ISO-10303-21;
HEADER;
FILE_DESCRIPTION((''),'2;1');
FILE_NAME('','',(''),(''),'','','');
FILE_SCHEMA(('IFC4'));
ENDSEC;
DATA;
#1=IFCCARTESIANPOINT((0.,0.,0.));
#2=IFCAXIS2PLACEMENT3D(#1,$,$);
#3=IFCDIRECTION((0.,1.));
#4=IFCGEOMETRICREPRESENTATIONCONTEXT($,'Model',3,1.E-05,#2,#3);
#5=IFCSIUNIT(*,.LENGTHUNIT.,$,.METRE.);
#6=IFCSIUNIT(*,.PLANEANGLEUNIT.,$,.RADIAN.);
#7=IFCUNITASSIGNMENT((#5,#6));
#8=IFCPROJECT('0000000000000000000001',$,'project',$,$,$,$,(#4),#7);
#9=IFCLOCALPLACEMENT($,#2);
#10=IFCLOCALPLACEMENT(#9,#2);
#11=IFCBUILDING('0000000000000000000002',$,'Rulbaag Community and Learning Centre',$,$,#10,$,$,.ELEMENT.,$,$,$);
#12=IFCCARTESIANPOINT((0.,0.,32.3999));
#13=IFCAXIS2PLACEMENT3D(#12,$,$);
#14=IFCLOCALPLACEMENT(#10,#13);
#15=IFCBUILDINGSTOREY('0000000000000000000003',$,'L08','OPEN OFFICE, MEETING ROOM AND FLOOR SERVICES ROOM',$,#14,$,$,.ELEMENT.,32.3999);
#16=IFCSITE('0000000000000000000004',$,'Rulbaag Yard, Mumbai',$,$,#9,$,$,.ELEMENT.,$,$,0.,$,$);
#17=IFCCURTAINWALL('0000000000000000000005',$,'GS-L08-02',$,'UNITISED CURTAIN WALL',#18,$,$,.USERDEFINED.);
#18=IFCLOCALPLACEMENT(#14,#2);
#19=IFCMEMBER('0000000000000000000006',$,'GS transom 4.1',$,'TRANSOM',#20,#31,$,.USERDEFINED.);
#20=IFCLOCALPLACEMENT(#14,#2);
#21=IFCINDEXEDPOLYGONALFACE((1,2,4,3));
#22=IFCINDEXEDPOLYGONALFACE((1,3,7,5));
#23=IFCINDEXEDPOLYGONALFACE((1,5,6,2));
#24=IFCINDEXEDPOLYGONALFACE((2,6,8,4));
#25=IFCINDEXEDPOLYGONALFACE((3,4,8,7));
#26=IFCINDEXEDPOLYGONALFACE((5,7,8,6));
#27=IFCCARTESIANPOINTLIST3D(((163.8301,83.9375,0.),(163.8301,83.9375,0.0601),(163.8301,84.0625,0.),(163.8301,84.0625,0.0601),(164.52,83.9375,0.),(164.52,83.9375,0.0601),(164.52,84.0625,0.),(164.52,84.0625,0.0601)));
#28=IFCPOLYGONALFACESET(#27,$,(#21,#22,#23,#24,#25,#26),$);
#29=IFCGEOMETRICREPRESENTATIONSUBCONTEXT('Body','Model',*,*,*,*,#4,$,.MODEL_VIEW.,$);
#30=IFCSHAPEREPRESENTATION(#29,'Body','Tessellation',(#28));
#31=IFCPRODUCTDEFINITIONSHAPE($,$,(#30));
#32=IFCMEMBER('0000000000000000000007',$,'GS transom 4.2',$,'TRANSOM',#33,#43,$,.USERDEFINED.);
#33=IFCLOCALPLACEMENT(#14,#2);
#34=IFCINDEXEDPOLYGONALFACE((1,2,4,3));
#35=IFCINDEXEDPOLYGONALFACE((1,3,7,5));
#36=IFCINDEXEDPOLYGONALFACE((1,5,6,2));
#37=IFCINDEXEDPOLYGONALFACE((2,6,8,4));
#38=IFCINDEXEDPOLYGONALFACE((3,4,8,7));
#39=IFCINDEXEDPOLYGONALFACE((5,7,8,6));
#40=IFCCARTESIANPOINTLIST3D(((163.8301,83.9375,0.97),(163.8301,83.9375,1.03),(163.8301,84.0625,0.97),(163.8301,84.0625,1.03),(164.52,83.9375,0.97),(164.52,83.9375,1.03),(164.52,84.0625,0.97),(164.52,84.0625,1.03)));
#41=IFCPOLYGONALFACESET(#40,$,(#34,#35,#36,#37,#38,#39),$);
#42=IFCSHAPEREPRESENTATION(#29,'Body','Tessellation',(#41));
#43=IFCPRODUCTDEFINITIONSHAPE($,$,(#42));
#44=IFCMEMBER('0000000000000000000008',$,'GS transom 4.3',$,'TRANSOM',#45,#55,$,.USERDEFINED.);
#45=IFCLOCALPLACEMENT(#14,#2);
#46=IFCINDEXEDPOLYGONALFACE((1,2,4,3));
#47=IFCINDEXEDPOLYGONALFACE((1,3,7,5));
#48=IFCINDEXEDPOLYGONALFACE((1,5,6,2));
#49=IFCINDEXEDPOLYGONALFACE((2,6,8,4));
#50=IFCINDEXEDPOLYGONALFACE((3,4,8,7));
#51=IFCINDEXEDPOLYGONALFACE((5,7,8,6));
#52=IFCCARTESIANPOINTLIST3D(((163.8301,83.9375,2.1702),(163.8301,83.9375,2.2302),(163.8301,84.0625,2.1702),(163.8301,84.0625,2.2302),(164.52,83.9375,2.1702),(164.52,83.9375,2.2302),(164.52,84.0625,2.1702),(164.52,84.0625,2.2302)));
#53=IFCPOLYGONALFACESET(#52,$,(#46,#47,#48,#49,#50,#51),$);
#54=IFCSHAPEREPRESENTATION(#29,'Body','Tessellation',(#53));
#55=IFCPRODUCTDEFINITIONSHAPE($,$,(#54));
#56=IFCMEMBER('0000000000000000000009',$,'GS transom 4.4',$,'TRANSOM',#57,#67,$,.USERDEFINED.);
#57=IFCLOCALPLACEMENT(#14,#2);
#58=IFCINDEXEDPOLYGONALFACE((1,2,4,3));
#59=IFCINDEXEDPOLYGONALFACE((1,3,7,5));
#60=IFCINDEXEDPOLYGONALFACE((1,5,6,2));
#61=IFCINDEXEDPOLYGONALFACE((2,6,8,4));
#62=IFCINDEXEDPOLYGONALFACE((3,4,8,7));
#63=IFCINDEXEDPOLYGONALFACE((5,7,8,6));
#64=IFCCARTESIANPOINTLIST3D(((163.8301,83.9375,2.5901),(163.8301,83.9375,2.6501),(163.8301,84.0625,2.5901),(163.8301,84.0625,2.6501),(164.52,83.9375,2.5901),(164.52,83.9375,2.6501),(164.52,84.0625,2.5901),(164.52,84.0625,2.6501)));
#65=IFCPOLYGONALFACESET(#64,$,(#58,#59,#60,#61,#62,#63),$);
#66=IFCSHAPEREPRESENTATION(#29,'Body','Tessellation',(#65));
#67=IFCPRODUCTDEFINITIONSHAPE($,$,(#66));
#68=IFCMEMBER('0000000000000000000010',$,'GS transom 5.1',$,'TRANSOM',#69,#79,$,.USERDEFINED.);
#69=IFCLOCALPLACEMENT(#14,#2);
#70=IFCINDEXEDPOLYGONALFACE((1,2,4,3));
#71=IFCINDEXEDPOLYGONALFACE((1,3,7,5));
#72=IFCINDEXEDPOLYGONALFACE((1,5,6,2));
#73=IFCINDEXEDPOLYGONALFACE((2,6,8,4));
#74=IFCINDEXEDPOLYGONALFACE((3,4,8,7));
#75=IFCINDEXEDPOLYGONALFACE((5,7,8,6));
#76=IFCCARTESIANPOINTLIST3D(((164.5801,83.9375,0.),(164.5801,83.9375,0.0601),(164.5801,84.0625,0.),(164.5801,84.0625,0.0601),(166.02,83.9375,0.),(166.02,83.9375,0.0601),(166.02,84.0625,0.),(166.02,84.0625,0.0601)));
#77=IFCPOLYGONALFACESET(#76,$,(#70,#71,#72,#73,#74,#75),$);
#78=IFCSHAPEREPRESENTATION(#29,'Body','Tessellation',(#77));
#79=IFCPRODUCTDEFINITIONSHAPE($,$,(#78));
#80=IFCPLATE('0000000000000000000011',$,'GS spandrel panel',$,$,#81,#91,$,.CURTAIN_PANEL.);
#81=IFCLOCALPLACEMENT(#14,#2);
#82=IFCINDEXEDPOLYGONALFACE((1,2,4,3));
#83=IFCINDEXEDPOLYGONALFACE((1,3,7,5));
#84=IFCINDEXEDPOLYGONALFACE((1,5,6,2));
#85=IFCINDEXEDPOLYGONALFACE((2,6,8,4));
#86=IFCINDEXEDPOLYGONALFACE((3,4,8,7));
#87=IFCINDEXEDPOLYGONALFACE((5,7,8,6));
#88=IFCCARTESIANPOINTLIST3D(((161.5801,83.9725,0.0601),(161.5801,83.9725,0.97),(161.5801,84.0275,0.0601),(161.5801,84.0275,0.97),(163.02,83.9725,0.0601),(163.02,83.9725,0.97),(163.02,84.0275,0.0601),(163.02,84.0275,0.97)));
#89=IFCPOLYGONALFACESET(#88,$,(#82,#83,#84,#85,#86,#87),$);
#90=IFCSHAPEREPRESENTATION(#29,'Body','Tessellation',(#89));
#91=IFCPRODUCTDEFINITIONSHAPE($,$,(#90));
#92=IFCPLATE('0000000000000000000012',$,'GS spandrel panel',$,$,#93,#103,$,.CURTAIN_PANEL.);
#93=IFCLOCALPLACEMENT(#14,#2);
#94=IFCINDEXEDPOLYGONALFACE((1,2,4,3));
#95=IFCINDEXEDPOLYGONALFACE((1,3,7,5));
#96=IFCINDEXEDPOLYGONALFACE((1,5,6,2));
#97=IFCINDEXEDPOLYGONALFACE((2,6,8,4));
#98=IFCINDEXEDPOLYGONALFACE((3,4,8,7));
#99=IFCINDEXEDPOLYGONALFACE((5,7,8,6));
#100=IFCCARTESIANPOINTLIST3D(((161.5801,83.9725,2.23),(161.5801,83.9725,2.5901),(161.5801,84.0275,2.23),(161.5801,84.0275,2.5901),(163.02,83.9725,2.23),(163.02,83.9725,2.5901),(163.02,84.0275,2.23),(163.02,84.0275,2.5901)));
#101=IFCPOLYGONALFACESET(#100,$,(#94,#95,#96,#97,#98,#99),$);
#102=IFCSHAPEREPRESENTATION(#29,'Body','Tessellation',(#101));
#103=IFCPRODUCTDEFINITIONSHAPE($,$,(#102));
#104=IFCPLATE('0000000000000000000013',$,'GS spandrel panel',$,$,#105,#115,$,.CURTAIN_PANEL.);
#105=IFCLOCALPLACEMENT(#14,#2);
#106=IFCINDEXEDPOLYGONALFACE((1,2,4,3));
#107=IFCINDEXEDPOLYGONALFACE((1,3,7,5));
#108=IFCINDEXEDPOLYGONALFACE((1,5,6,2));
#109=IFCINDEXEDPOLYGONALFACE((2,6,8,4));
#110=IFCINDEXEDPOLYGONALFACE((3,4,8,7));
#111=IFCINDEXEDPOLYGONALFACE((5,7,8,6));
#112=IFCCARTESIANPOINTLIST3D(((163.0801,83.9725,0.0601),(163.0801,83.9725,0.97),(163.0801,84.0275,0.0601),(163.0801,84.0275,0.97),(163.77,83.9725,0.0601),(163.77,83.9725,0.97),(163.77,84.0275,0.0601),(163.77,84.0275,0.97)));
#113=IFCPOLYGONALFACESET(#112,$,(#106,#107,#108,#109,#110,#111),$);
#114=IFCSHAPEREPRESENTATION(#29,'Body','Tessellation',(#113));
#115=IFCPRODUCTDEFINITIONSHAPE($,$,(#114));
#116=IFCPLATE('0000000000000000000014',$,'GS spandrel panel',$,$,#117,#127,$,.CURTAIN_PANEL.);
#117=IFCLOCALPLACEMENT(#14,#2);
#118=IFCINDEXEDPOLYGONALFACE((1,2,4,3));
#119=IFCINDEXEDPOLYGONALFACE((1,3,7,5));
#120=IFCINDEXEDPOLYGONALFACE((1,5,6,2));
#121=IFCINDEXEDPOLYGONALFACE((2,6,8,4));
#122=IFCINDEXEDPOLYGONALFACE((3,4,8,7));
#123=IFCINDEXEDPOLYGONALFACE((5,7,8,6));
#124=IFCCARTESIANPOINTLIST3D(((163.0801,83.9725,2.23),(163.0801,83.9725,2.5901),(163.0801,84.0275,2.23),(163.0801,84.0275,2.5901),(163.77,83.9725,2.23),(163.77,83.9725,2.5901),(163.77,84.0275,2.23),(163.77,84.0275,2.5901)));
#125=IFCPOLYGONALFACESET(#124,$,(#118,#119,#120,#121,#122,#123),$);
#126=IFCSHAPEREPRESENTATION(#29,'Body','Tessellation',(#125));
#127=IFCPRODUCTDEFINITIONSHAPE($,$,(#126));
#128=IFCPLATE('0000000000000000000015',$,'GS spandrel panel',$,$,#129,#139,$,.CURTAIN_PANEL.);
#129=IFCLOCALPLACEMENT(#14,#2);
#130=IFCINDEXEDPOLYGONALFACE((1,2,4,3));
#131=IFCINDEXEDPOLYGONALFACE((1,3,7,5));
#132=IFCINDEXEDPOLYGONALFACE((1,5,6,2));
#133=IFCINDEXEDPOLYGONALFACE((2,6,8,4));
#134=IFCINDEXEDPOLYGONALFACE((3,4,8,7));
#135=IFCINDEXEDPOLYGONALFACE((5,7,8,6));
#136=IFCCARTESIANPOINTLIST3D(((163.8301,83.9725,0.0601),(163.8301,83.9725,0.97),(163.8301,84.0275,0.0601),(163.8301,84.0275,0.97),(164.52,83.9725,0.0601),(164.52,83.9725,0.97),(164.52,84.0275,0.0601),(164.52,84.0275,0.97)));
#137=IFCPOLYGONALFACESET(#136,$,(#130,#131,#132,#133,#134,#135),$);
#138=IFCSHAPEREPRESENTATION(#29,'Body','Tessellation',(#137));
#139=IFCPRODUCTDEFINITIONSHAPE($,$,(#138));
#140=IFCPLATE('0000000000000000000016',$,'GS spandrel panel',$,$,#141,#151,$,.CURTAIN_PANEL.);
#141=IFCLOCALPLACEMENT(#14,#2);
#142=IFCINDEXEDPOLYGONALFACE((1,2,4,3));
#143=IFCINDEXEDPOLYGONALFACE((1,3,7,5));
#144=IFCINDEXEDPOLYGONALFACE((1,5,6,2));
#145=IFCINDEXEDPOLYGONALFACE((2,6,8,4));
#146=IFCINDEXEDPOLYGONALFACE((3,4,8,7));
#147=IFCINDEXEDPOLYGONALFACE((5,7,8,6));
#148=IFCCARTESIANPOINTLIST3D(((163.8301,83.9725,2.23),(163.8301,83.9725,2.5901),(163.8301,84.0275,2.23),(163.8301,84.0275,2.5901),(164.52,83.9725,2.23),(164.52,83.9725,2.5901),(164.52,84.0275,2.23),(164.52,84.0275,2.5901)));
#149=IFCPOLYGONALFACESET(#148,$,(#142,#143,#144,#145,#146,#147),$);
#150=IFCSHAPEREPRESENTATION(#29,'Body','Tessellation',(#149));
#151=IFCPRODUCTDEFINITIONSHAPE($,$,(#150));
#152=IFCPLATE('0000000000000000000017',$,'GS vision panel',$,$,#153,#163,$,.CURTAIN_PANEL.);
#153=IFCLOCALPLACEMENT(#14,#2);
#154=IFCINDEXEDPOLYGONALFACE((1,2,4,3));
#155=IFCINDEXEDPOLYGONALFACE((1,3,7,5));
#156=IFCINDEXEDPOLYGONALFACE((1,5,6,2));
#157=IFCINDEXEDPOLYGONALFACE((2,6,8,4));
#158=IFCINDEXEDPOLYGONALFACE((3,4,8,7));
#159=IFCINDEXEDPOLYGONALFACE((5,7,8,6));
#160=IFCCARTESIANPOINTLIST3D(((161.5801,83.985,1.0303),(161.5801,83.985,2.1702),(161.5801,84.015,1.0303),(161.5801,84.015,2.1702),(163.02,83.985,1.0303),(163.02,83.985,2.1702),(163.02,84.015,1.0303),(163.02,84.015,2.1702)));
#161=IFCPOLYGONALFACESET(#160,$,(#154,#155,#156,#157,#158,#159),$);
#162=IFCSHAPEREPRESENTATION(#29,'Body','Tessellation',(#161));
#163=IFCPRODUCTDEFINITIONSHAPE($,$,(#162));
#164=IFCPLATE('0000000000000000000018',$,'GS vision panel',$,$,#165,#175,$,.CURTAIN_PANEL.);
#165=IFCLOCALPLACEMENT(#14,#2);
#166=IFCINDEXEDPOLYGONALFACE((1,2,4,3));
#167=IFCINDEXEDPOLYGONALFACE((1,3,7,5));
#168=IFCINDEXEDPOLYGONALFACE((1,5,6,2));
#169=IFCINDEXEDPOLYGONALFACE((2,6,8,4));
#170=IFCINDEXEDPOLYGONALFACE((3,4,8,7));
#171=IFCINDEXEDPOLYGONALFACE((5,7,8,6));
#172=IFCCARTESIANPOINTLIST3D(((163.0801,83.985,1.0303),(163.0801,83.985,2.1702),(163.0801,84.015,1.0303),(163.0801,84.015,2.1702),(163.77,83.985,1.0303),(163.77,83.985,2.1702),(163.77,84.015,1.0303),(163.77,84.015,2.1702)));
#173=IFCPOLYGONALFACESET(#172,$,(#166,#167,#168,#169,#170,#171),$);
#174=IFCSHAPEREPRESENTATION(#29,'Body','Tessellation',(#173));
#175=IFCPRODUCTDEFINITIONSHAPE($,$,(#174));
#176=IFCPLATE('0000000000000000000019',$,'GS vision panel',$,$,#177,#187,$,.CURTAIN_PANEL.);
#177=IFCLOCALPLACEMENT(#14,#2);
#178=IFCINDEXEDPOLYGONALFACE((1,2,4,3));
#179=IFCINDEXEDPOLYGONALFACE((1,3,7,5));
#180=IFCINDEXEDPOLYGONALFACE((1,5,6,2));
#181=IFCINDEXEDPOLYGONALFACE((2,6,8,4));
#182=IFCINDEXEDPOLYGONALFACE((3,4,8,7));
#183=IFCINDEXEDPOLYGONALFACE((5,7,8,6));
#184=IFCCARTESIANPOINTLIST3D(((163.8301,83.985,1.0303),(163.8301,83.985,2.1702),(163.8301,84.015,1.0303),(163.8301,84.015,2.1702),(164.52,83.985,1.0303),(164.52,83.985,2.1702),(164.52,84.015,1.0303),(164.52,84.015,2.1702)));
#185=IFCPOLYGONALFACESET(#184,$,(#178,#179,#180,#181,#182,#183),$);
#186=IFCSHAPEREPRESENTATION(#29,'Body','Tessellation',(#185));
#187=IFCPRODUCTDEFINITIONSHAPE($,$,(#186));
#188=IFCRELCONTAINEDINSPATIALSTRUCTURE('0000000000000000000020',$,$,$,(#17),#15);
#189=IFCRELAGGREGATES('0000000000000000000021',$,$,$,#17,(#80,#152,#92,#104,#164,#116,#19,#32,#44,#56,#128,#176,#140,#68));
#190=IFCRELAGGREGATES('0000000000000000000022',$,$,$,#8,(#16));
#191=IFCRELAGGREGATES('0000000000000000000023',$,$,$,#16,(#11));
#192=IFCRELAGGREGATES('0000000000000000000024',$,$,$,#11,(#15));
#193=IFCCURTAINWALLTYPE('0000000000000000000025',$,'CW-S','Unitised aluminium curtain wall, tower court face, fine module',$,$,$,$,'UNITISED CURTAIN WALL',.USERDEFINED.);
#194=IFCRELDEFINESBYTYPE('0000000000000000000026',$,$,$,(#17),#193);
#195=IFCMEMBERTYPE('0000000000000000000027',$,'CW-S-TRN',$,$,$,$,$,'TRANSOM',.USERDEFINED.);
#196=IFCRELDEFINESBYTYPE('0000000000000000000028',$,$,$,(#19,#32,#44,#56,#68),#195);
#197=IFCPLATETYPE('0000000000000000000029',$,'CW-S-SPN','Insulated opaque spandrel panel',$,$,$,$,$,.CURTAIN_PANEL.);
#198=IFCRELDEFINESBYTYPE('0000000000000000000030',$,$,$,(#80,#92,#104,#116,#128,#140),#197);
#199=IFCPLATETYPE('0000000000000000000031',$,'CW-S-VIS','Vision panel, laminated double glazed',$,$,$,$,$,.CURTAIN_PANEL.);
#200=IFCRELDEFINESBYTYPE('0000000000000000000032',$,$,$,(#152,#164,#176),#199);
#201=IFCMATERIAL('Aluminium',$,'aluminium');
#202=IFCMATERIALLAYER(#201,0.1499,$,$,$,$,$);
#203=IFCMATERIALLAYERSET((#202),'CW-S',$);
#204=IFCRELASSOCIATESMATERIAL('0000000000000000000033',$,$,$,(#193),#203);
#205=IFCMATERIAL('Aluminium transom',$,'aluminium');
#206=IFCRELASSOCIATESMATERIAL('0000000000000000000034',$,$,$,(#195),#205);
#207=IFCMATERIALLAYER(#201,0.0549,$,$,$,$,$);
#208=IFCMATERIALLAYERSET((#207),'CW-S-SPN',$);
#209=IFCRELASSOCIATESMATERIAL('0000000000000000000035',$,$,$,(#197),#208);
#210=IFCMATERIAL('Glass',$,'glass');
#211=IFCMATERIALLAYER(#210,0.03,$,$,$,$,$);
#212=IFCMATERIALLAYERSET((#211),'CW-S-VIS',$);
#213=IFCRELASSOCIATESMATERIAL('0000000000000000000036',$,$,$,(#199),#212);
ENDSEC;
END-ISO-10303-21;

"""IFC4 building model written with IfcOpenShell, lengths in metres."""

from ifc_helpers import new_model, si_unit, direction, frame, origin, origin_2d, place, context, subcontext, project, spatial, rectangle, extrude, material, layer, layer_set, material_profile, profile_set, type_object, element, aggregate, save


model = new_model("IFC4")

# Units and contexts
model_context = context("Model", 3, precision=1e-05, world=origin(), true_north=direction((0.0, 1.0)))
body_context = subcontext(model_context, "Body", "Model", "MODEL_VIEW")
ifc_project = project(units=[si_unit("LENGTHUNIT", "METRE"), si_unit("PLANEANGLEUNIT", "RADIAN")], contexts=[model_context])

# Site, building, storey
site_placement = place(None, origin())
site = spatial("IfcSite", under=ifc_project, at=site_placement, Name="Rulbaag Yard, Mumbai", CompositionType="ELEMENT", RefElevation=0.0)
building_placement = place(site_placement, origin())
building = spatial("IfcBuilding", under=site, at=building_placement, Name="Rulbaag Community and Learning Centre", CompositionType="ELEMENT")
storey_placement = place(building_placement, frame((0.0, 0.0, 32.3999)))
storey = spatial("IfcBuildingStorey", under=building, at=storey_placement, Name="L08", Description="OPEN OFFICE, MEETING ROOM AND FLOOR SERVICES ROOM", CompositionType="ELEMENT", Elevation=32.3999)

# Curtain wall, members, plates
ifc_material_1 = material(Name="Aluminium", Category="aluminium")
ifc_layer_1 = layer(ifc_material_1, 0.1499)
ifc_layer_set_1 = layer_set([ifc_layer_1], Name="CW-S")
curtain_wall_type = type_object("IfcCurtainWallType", Name="CW-S", Description="Unitised aluminium curtain wall, tower court face, fine module", ElementType="UNITISED CURTAIN WALL", PredefinedType="USERDEFINED", material=ifc_layer_set_1)
curtain_wall_placement = place(storey_placement, origin())
curtain_wall = element("IfcCurtainWall", 1, at=curtain_wall_placement, inside=storey, type_object=curtain_wall_type, Name="GS-L08-02", ObjectType="UNITISED CURTAIN WALL", PredefinedType="USERDEFINED")
ifc_material_2 = material(Name="Aluminium transom", Category="aluminium")
ifc_material_profile_1 = material_profile(ifc_material_2, rectangle(XDim=0.125, YDim=0.0601, at=origin_2d()), Name="AL 60x125 T")
ifc_profile_set_1 = profile_set([ifc_material_profile_1], Name="Aluminium transom")
member_type_1 = type_object("IfcMemberType", Name="CW-S-TRN", ElementType="TRANSOM", PredefinedType="USERDEFINED", material=ifc_profile_set_1)
member_1_placement = place(storey_placement, frame((163.8301, 84.0, 0.03), z_axis=(1.0, 0.0, 0.0), x_axis=(0.0, 1.0, 0.0)))
member_1 = element("IfcMember", 2, at=member_1_placement, type_object=member_type_1, Name="GS transom 4.1", ObjectType="TRANSOM", PredefinedType="USERDEFINED", context=body_context, shape_type="SweptSolid", body=[
    extrude(rectangle(XDim=0.125, YDim=0.0601, at=origin_2d()), origin(), (0.0, 0.0, 1.0), 0.6899),
])
member_2_placement = place(storey_placement, frame((163.8301, 84.0, 1.0), z_axis=(1.0, 0.0, 0.0), x_axis=(0.0, 1.0, 0.0)))
member_2 = element("IfcMember", 3, at=member_2_placement, type_object=member_type_1, Name="GS transom 4.2", ObjectType="TRANSOM", PredefinedType="USERDEFINED", context=body_context, shape_type="SweptSolid", body=[
    extrude(rectangle(XDim=0.125, YDim=0.0601, at=origin_2d()), origin(), (0.0, 0.0, 1.0), 0.6899),
])
member_3_placement = place(storey_placement, frame((163.8301, 84.0, 2.2002), z_axis=(1.0, 0.0, 0.0), x_axis=(0.0, 1.0, 0.0)))
member_3 = element("IfcMember", 4, at=member_3_placement, type_object=member_type_1, Name="GS transom 4.3", ObjectType="TRANSOM", PredefinedType="USERDEFINED", context=body_context, shape_type="SweptSolid", body=[
    extrude(rectangle(XDim=0.125, YDim=0.0601, at=origin_2d()), origin(), (0.0, 0.0, 1.0), 0.6899),
])
member_4_placement = place(storey_placement, frame((163.8301, 84.0, 2.6201), z_axis=(1.0, 0.0, 0.0), x_axis=(0.0, 1.0, 0.0)))
member_4 = element("IfcMember", 5, at=member_4_placement, type_object=member_type_1, Name="GS transom 4.4", ObjectType="TRANSOM", PredefinedType="USERDEFINED", context=body_context, shape_type="SweptSolid", body=[
    extrude(rectangle(XDim=0.125, YDim=0.0601, at=origin_2d()), origin(), (0.0, 0.0, 1.0), 0.6899),
])
member_5_placement = place(storey_placement, frame((164.5801, 84.0, 0.03), z_axis=(1.0, 0.0, 0.0), x_axis=(0.0, 1.0, 0.0)))
member_5 = element("IfcMember", 6, at=member_5_placement, type_object=member_type_1, Name="GS transom 5.1", ObjectType="TRANSOM", PredefinedType="USERDEFINED", context=body_context, shape_type="SweptSolid", body=[
    extrude(rectangle(XDim=0.125, YDim=0.0601, at=origin_2d()), origin(), (0.0, 0.0, 1.0), 1.4399),
])
ifc_layer_2 = layer(ifc_material_1, 0.0549)
ifc_layer_set_2 = layer_set([ifc_layer_2], Name="CW-S-SPN")
plate_type_1 = type_object("IfcPlateType", Name="CW-S-SPN", Description="Insulated opaque spandrel panel", PredefinedType="CURTAIN_PANEL", material=ifc_layer_set_2)
plate_1_placement = place(storey_placement, frame((162.3, 84.0, 0.0601), z_axis=(0.0, 0.0, 1.0), x_axis=(1.0, 0.0, 0.0)))
plate_1 = element("IfcPlate", 7, at=plate_1_placement, type_object=plate_type_1, Name="GS spandrel panel", PredefinedType="CURTAIN_PANEL", context=body_context, shape_type="SweptSolid", body=[
    extrude(rectangle(XDim=1.4399, YDim=0.0549, at=origin_2d()), origin(), (0.0, 0.0, 1.0), 0.9099),
])
plate_2_placement = place(storey_placement, frame((162.3, 84.0, 2.23), z_axis=(0.0, 0.0, 1.0), x_axis=(1.0, 0.0, 0.0)))
plate_2 = element("IfcPlate", 8, at=plate_2_placement, type_object=plate_type_1, Name="GS spandrel panel", PredefinedType="CURTAIN_PANEL", context=body_context, shape_type="SweptSolid", body=[
    extrude(rectangle(XDim=1.4399, YDim=0.0549, at=origin_2d()), origin(), (0.0, 0.0, 1.0), 0.3601),
])
plate_3_placement = place(storey_placement, frame((163.425, 84.0, 0.0601), z_axis=(0.0, 0.0, 1.0), x_axis=(1.0, 0.0, 0.0)))
plate_3 = element("IfcPlate", 9, at=plate_3_placement, type_object=plate_type_1, Name="GS spandrel panel", PredefinedType="CURTAIN_PANEL", context=body_context, shape_type="SweptSolid", body=[
    extrude(rectangle(XDim=0.6899, YDim=0.0549, at=origin_2d()), origin(), (0.0, 0.0, 1.0), 0.9099),
])
plate_4_placement = place(storey_placement, frame((163.425, 84.0, 2.23), z_axis=(0.0, 0.0, 1.0), x_axis=(1.0, 0.0, 0.0)))
plate_4 = element("IfcPlate", 10, at=plate_4_placement, type_object=plate_type_1, Name="GS spandrel panel", PredefinedType="CURTAIN_PANEL", context=body_context, shape_type="SweptSolid", body=[
    extrude(rectangle(XDim=0.6899, YDim=0.0549, at=origin_2d()), origin(), (0.0, 0.0, 1.0), 0.3601),
])
plate_5_placement = place(storey_placement, frame((164.175, 84.0, 0.0601), z_axis=(0.0, 0.0, 1.0), x_axis=(1.0, 0.0, 0.0)))
plate_5 = element("IfcPlate", 11, at=plate_5_placement, type_object=plate_type_1, Name="GS spandrel panel", PredefinedType="CURTAIN_PANEL", context=body_context, shape_type="SweptSolid", body=[
    extrude(rectangle(XDim=0.6899, YDim=0.0549, at=origin_2d()), origin(), (0.0, 0.0, 1.0), 0.9099),
])
plate_6_placement = place(storey_placement, frame((164.175, 84.0, 2.23), z_axis=(0.0, 0.0, 1.0), x_axis=(1.0, 0.0, 0.0)))
plate_6 = element("IfcPlate", 12, at=plate_6_placement, type_object=plate_type_1, Name="GS spandrel panel", PredefinedType="CURTAIN_PANEL", context=body_context, shape_type="SweptSolid", body=[
    extrude(rectangle(XDim=0.6899, YDim=0.0549, at=origin_2d()), origin(), (0.0, 0.0, 1.0), 0.3601),
])
ifc_material_3 = material(Name="Glass", Category="glass")
ifc_layer_3 = layer(ifc_material_3, 0.03)
ifc_layer_set_3 = layer_set([ifc_layer_3], Name="CW-S-VIS")
plate_type_2 = type_object("IfcPlateType", Name="CW-S-VIS", Description="Vision panel, laminated double glazed", PredefinedType="CURTAIN_PANEL", material=ifc_layer_set_3)
plate_7_placement = place(storey_placement, frame((162.3, 84.0, 1.0303), z_axis=(0.0, 0.0, 1.0), x_axis=(1.0, 0.0, 0.0)))
plate_7 = element("IfcPlate", 13, at=plate_7_placement, type_object=plate_type_2, Name="GS vision panel", PredefinedType="CURTAIN_PANEL", context=body_context, shape_type="SweptSolid", body=[
    extrude(rectangle(XDim=1.4399, YDim=0.03, at=origin_2d()), origin(), (0.0, 0.0, 1.0), 1.1399),
])
plate_8_placement = place(storey_placement, frame((163.425, 84.0, 1.0303), z_axis=(0.0, 0.0, 1.0), x_axis=(1.0, 0.0, 0.0)))
plate_8 = element("IfcPlate", 14, at=plate_8_placement, type_object=plate_type_2, Name="GS vision panel", PredefinedType="CURTAIN_PANEL", context=body_context, shape_type="SweptSolid", body=[
    extrude(rectangle(XDim=0.6899, YDim=0.03, at=origin_2d()), origin(), (0.0, 0.0, 1.0), 1.1399),
])
plate_9_placement = place(storey_placement, frame((164.175, 84.0, 1.0303), z_axis=(0.0, 0.0, 1.0), x_axis=(1.0, 0.0, 0.0)))
plate_9 = element("IfcPlate", 15, at=plate_9_placement, type_object=plate_type_2, Name="GS vision panel", PredefinedType="CURTAIN_PANEL", context=body_context, shape_type="SweptSolid", body=[
    extrude(rectangle(XDim=0.6899, YDim=0.03, at=origin_2d()), origin(), (0.0, 0.0, 1.0), 1.1399),
])
aggregate(curtain_wall, [plate_1, plate_7, plate_2, plate_3, plate_8, plate_4, member_1, member_2, member_3, member_4, plate_5, plate_9, plate_6, member_5])

save(model, "model.ifc")
